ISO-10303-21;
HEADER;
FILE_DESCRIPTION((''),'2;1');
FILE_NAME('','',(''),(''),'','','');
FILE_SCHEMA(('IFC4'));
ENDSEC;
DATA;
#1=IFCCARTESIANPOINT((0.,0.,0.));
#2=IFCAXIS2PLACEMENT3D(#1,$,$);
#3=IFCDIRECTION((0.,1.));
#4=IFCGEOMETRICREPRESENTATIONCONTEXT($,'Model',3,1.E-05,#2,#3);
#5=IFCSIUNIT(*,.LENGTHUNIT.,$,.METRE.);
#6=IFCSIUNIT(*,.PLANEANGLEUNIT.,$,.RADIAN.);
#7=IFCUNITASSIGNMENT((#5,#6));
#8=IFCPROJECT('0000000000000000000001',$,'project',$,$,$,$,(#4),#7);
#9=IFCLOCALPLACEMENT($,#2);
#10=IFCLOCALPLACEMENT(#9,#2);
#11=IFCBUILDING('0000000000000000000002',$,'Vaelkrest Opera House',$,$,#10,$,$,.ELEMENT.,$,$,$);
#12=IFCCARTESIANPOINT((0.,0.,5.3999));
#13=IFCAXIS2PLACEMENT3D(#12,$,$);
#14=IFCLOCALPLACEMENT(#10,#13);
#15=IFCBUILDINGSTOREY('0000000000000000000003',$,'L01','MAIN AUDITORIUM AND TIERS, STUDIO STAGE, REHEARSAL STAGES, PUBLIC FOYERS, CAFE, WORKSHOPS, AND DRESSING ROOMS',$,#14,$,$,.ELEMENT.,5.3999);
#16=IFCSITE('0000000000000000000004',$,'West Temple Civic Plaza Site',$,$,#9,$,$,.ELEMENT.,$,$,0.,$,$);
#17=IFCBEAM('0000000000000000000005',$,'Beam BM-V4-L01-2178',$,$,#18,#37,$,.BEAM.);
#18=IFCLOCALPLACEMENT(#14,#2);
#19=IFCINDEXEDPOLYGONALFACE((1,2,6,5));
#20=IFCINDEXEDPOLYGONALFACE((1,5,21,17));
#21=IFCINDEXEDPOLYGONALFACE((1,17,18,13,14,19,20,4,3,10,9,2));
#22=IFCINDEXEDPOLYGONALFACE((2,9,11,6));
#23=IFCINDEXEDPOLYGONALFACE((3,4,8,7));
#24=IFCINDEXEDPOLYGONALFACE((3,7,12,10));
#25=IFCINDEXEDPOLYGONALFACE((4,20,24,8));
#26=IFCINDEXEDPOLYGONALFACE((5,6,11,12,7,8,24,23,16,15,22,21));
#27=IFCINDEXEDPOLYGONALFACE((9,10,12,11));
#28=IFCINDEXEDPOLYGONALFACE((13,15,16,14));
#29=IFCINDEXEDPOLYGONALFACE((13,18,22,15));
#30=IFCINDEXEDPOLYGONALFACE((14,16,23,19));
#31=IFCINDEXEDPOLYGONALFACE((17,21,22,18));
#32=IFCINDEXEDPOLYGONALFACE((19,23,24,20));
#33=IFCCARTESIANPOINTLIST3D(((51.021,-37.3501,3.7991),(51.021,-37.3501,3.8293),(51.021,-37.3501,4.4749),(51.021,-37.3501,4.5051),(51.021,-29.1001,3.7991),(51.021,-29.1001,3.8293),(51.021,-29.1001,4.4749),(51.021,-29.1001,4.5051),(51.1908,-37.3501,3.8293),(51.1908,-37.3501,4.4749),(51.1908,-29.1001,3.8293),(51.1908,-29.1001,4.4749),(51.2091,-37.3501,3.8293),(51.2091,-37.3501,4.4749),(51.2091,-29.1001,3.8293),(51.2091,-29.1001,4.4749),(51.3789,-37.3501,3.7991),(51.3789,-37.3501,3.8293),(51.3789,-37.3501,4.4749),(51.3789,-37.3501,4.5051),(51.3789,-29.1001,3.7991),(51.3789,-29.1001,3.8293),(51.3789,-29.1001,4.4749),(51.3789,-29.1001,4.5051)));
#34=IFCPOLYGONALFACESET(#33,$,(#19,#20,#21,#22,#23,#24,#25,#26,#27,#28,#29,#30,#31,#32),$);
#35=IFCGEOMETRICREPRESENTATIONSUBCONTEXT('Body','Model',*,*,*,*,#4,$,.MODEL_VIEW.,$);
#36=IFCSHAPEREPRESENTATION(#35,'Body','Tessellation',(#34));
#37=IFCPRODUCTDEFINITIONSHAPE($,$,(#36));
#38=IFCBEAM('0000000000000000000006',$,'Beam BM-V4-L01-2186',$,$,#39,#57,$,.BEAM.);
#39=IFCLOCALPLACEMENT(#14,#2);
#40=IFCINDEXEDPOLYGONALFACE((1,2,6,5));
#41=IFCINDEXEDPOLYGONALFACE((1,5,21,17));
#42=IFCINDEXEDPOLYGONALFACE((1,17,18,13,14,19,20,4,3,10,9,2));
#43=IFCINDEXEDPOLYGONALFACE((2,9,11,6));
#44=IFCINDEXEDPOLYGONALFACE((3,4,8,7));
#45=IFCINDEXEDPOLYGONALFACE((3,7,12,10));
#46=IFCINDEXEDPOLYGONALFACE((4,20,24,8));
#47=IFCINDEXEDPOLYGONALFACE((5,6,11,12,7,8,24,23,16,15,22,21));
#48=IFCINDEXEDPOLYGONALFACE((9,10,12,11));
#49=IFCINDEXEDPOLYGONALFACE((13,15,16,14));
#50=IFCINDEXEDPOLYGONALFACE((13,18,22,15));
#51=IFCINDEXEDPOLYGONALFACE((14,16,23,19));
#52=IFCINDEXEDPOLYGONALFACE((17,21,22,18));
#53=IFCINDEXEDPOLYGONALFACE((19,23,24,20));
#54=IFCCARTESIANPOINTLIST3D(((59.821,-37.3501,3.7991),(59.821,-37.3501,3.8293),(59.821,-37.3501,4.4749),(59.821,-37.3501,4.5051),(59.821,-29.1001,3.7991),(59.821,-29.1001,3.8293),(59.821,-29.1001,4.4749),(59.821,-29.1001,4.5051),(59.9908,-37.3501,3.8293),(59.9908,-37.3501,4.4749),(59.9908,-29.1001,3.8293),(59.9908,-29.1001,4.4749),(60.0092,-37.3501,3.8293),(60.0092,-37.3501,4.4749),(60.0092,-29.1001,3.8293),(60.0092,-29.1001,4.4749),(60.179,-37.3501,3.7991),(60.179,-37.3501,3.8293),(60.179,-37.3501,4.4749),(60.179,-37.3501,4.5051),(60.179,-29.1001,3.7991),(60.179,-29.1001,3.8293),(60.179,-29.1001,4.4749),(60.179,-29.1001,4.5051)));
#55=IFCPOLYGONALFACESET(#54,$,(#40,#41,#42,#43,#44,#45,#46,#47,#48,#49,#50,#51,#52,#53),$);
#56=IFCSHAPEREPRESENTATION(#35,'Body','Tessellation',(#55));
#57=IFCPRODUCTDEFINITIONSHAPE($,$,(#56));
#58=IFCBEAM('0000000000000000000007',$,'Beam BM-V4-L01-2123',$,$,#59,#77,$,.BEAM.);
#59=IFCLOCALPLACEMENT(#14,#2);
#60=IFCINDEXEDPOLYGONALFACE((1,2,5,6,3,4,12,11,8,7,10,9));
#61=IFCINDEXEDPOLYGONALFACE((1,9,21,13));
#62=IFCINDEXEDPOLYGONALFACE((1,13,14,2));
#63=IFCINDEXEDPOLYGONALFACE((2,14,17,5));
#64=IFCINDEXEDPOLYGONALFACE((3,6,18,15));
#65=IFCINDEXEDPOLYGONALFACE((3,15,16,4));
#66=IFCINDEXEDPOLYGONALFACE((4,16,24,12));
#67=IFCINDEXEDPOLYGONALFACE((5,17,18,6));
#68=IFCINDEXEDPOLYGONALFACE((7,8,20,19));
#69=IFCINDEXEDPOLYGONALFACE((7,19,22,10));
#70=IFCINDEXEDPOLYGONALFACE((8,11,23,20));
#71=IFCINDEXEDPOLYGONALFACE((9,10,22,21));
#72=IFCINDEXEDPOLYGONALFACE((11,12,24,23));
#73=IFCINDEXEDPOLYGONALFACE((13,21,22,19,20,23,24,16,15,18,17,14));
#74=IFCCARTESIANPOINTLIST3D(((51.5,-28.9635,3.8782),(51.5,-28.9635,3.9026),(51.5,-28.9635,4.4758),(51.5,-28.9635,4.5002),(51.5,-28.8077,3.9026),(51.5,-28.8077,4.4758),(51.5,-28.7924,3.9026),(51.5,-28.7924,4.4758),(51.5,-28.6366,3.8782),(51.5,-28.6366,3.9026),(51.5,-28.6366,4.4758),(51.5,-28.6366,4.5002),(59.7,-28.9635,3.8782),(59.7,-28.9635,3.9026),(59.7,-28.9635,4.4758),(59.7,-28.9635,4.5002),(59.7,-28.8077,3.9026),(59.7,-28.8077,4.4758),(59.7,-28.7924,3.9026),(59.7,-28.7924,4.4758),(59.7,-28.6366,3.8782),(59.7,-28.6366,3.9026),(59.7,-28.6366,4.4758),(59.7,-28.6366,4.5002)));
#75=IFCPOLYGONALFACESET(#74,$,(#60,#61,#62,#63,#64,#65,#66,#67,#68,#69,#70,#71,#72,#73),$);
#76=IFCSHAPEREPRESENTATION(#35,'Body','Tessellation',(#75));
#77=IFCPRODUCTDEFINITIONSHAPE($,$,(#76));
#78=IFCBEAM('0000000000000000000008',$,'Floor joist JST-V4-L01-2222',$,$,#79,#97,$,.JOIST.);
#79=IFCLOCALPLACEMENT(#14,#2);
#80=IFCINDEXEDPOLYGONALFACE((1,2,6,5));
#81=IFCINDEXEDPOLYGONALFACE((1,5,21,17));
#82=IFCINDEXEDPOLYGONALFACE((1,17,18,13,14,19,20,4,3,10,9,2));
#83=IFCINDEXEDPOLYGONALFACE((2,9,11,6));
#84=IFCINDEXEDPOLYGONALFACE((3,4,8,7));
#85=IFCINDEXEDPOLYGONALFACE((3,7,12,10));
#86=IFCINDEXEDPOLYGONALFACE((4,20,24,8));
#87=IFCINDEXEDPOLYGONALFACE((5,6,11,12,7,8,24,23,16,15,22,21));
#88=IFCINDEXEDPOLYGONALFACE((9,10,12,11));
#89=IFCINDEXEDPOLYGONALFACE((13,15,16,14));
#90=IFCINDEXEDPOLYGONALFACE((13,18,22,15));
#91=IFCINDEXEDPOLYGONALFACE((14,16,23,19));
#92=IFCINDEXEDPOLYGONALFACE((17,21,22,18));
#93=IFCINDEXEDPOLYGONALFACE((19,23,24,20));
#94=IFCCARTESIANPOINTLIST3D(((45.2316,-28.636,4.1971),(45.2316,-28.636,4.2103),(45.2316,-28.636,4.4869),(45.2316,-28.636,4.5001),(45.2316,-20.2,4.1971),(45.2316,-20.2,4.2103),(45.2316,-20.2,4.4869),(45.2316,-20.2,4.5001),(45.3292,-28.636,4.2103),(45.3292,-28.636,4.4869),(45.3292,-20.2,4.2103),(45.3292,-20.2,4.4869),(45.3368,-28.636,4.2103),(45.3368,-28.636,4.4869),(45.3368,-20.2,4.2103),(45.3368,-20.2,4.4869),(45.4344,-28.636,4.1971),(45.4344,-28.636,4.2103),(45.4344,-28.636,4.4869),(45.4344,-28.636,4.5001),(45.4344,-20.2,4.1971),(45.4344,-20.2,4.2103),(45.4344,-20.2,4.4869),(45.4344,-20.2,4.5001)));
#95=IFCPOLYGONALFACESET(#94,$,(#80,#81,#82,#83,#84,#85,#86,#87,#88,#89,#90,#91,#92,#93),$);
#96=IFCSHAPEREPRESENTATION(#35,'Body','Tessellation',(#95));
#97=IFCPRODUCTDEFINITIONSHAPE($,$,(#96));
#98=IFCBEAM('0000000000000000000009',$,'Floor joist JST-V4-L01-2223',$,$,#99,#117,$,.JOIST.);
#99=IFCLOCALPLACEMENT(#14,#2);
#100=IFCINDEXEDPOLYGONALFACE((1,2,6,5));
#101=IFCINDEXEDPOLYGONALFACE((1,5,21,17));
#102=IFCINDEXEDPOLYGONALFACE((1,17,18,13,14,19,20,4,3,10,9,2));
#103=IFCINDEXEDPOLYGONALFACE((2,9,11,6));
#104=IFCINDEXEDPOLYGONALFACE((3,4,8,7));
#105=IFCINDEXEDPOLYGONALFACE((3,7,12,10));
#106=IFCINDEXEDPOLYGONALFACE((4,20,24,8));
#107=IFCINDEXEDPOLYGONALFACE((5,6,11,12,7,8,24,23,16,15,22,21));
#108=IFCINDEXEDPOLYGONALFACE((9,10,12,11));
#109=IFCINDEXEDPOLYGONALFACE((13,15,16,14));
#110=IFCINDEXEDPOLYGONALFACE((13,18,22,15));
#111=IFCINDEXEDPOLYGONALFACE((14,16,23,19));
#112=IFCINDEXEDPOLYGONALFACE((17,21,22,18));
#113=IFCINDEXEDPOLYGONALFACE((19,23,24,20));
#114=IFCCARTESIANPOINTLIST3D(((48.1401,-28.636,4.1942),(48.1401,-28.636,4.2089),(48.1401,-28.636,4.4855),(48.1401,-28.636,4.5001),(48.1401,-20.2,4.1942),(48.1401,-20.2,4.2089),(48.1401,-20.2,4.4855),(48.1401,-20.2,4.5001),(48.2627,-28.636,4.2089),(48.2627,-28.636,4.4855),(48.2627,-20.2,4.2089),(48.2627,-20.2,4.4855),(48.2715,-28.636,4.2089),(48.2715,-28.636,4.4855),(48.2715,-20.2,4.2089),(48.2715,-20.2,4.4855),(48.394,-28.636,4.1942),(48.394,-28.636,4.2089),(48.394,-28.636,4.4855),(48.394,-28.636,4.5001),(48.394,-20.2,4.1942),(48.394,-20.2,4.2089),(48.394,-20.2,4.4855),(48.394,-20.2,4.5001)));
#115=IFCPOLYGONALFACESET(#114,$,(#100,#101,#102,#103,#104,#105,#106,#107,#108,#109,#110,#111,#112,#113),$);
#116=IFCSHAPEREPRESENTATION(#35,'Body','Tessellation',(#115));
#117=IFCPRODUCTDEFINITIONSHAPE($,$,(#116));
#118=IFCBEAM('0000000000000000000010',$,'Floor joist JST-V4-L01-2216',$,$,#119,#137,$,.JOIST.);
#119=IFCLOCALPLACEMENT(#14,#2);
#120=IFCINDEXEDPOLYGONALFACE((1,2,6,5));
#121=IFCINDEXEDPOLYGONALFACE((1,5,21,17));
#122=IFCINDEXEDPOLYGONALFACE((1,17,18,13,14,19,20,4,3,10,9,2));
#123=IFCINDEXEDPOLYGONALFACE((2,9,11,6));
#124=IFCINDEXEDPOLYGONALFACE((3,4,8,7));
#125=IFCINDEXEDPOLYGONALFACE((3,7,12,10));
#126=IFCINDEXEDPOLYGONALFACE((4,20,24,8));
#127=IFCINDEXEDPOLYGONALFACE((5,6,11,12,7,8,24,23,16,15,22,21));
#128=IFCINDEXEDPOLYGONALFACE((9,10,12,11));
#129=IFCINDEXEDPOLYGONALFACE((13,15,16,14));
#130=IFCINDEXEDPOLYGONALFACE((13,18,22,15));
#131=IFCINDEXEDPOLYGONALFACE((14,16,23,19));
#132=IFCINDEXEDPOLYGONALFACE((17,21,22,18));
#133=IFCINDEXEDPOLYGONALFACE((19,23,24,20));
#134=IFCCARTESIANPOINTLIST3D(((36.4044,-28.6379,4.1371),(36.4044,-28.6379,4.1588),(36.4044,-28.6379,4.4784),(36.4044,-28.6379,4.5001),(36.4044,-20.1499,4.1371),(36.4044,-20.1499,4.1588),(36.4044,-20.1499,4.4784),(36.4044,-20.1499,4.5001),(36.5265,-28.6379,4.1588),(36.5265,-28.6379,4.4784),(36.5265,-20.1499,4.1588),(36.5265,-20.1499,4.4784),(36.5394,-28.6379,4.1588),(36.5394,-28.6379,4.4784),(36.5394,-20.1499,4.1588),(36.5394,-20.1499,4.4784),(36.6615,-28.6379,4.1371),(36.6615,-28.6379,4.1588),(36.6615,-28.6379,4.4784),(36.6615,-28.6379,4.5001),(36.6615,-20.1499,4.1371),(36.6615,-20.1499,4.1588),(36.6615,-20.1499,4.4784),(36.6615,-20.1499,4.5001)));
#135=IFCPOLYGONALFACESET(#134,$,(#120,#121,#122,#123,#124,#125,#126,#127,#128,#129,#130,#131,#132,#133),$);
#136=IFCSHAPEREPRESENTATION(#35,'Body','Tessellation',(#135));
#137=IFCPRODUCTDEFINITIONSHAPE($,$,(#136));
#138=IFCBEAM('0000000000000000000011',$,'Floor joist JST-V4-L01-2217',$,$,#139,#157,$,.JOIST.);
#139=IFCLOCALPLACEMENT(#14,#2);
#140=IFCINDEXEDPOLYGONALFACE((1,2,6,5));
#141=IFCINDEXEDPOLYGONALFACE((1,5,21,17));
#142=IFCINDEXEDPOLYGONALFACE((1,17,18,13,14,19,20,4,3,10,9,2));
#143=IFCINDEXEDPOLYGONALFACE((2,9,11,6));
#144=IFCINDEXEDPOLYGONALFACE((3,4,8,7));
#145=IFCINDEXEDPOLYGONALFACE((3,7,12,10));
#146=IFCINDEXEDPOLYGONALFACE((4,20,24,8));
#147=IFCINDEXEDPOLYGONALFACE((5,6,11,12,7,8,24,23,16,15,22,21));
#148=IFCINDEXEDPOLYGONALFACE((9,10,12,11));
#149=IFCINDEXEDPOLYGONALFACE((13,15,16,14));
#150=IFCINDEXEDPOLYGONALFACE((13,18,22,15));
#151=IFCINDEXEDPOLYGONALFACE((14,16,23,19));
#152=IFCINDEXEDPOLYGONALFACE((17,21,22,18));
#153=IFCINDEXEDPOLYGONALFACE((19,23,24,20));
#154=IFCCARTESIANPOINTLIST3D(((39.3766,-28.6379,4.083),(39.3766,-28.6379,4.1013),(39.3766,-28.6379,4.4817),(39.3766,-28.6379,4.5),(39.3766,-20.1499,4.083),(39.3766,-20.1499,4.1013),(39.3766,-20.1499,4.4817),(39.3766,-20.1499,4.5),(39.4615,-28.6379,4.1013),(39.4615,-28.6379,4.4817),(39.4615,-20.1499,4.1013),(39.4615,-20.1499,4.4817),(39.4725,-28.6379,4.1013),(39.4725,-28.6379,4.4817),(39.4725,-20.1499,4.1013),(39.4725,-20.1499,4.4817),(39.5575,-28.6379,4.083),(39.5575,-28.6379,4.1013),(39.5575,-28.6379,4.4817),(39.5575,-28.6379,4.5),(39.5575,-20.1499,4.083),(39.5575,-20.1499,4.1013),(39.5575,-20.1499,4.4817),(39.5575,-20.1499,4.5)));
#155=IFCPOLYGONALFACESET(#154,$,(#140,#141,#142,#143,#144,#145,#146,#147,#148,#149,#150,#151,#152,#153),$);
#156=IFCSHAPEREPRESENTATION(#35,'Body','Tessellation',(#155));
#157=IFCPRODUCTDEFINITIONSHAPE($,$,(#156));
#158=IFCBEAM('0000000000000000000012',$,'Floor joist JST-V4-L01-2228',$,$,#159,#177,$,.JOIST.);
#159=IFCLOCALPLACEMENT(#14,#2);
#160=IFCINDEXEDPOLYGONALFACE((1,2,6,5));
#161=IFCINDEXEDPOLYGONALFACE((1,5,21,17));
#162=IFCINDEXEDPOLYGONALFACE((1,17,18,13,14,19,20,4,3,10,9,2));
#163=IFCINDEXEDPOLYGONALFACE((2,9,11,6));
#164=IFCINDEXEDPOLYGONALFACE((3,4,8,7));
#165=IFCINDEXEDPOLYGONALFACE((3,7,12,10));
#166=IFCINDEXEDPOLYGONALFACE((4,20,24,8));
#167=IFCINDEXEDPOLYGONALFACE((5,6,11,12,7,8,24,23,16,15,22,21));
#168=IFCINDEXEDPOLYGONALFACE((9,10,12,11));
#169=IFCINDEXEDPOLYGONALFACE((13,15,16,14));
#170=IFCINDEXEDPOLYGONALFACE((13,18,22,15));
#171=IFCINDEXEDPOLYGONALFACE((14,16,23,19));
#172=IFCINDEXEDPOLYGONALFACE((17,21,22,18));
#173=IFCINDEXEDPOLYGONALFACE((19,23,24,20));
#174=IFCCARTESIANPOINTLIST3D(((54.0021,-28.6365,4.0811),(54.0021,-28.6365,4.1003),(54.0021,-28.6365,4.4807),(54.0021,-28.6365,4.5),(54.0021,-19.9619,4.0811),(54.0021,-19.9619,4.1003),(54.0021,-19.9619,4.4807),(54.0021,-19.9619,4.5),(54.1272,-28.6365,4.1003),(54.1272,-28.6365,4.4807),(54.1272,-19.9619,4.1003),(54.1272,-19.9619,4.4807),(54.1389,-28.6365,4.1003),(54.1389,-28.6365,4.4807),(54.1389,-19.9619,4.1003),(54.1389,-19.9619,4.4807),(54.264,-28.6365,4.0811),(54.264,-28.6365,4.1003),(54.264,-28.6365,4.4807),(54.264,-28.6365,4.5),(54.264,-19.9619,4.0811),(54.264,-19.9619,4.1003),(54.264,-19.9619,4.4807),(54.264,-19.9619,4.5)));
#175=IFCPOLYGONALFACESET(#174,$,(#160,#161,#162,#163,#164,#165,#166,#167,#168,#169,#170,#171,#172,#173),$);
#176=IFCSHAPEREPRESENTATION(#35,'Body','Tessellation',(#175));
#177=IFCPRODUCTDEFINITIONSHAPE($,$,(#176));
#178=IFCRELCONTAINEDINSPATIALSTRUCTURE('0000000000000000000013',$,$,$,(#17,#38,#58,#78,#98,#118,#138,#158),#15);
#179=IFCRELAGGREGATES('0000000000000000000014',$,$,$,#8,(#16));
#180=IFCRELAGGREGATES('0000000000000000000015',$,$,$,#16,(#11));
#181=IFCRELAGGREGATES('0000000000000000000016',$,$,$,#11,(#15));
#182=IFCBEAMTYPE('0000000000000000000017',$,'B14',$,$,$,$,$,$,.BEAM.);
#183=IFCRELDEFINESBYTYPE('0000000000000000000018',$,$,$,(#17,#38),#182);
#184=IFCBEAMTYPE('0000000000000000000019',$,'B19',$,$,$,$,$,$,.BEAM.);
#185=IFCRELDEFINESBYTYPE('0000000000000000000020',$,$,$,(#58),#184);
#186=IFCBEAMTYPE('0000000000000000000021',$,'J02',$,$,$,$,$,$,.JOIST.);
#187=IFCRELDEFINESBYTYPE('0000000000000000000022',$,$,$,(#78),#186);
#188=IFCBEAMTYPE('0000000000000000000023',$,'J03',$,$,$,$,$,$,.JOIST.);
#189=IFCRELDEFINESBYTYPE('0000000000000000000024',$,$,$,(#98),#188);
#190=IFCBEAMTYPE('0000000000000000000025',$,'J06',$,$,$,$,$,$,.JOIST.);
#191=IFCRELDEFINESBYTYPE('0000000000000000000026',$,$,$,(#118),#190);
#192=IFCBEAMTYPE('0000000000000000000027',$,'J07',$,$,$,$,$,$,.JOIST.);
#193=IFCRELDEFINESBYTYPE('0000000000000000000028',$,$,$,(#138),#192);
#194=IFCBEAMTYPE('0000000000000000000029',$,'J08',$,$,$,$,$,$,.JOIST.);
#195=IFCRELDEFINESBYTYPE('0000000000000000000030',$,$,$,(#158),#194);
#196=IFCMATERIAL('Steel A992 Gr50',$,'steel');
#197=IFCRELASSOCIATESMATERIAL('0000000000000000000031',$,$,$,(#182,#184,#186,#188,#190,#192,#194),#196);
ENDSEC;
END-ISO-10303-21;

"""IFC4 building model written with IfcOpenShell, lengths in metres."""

from ifc_helpers import new_model, si_unit, direction, frame, origin, origin_2d, place, context, subcontext, project, spatial, i_section, extrude, material, material_profile, profile_set, type_object, element, save


model = new_model("IFC4")

# Units and contexts
model_context = context("Model", 3, precision=1e-05, world=origin(), true_north=direction((0.0, 1.0)))
body_context = subcontext(model_context, "Body", "Model", "MODEL_VIEW")
ifc_project = project(units=[si_unit("LENGTHUNIT", "METRE"), si_unit("PLANEANGLEUNIT", "RADIAN")], contexts=[model_context])

# Site, building, storey
site_placement = place(None, origin())
site = spatial("IfcSite", under=ifc_project, at=site_placement, Name="West Temple Civic Plaza Site", CompositionType="ELEMENT", RefElevation=0.0)
building_placement = place(site_placement, origin())
building = spatial("IfcBuilding", under=site, at=building_placement, Name="Vaelkrest Opera House", CompositionType="ELEMENT")
storey_placement = place(building_placement, frame((0.0, 0.0, 5.3999)))
storey = spatial("IfcBuildingStorey", under=building, at=storey_placement, Name="L01", Description="MAIN AUDITORIUM AND TIERS, STUDIO STAGE, REHEARSAL STAGES, PUBLIC FOYERS, CAFE, WORKSHOPS, AND DRESSING ROOMS", CompositionType="ELEMENT", Elevation=5.3999)

# Beams
ifc_material_1 = material(Name="Steel A992 Gr50", Category="steel")
ifc_material_profile_1 = material_profile(ifc_material_1, i_section(OverallWidth=0.3579, OverallDepth=0.7061, WebThickness=0.0183, FlangeThickness=0.0303, at=origin_2d()), Name="W27X178")
ifc_profile_set_1 = profile_set([ifc_material_profile_1], Name="Steel A992 Gr50")
beam_type_1 = type_object("IfcBeamType", Name="B14", PredefinedType="BEAM", material=ifc_profile_set_1)
for number, where, z_axis, x_axis, name in (
    (1, (51.2, -37.3501, 4.1521), (0.0, 1.0, 0.0), (-1.0, 0.0, 0.0), "Beam BM-V4-L01-2178"),
    (2, (60.0, -37.3501, 4.1521), (0.0, 1.0, 0.0), (-1.0, 0.0, 0.0), "Beam BM-V4-L01-2186"),
):
    element("IfcBeam", number, at=place(storey_placement, frame(where, z_axis=z_axis, x_axis=x_axis)), inside=storey, type_object=beam_type_1, Name=name, PredefinedType="BEAM", context=body_context, shape_type="SweptSolid", body=[
        extrude(i_section(OverallWidth=0.3579, OverallDepth=0.7061, WebThickness=0.0183, FlangeThickness=0.0303, at=origin_2d()), origin(), (0.0, 0.0, 1.0), 8.25),
    ])
ifc_material_profile_2 = material_profile(ifc_material_1, i_section(OverallWidth=0.3269, OverallDepth=0.6221, WebThickness=0.0154, FlangeThickness=0.0244, at=origin_2d()), Name="W24X131")
ifc_profile_set_2 = profile_set([ifc_material_profile_2], Name="Steel A992 Gr50")
beam_type_2 = type_object("IfcBeamType", Name="B19", PredefinedType="BEAM", material=ifc_profile_set_2)
beam_1_placement = place(storey_placement, frame((51.5, -28.8, 4.1892), z_axis=(1.0, 0.0, 0.0), x_axis=(0.0, 1.0, 0.0)))
element("IfcBeam", 3, at=beam_1_placement, inside=storey, type_object=beam_type_2, Name="Beam BM-V4-L01-2123", PredefinedType="BEAM", context=body_context, shape_type="SweptSolid", body=[
    extrude(i_section(OverallWidth=0.3269, OverallDepth=0.6221, WebThickness=0.0154, FlangeThickness=0.0244, at=origin_2d()), origin(), (0.0, 0.0, 1.0), 8.2),
])
ifc_material_profile_3 = material_profile(ifc_material_1, i_section(OverallWidth=0.2029, OverallDepth=0.303, WebThickness=0.0076, FlangeThickness=0.0132, at=origin_2d()), Name="W12X40")
ifc_profile_set_3 = profile_set([ifc_material_profile_3], Name="Steel A992 Gr50")
beam_type_3 = type_object("IfcBeamType", Name="J02", PredefinedType="JOIST", material=ifc_profile_set_3)
beam_2_placement = place(storey_placement, frame((45.333, -28.636, 4.3486), z_axis=(0.0, 1.0, 0.0), x_axis=(-1.0, 0.0, 0.0)))
element("IfcBeam", 4, at=beam_2_placement, inside=storey, type_object=beam_type_3, Name="Floor joist JST-V4-L01-2222", PredefinedType="JOIST", context=body_context, shape_type="SweptSolid", body=[
    extrude(i_section(OverallWidth=0.2029, OverallDepth=0.303, WebThickness=0.0076, FlangeThickness=0.0132, at=origin_2d()), origin(), (0.0, 0.0, 1.0), 8.436),
])
ifc_material_profile_4 = material_profile(ifc_material_1, i_section(OverallWidth=0.2539, OverallDepth=0.3059, WebThickness=0.0088, FlangeThickness=0.0146, at=origin_2d()), Name="W12X53")
ifc_profile_set_4 = profile_set([ifc_material_profile_4], Name="Steel A992 Gr50")
beam_type_4 = type_object("IfcBeamType", Name="J03", PredefinedType="JOIST", material=ifc_profile_set_4)
beam_3_placement = place(storey_placement, frame((48.2671, -28.636, 4.3472), z_axis=(0.0, 1.0, 0.0), x_axis=(-1.0, 0.0, 0.0)))
element("IfcBeam", 5, at=beam_3_placement, inside=storey, type_object=beam_type_4, Name="Floor joist JST-V4-L01-2223", PredefinedType="JOIST", context=body_context, shape_type="SweptSolid", body=[
    extrude(i_section(OverallWidth=0.2539, OverallDepth=0.3059, WebThickness=0.0088, FlangeThickness=0.0146, at=origin_2d()), origin(), (0.0, 0.0, 1.0), 8.436),
])
ifc_material_profile_5 = material_profile(ifc_material_1, i_section(OverallWidth=0.2571, OverallDepth=0.363, WebThickness=0.0129, FlangeThickness=0.0217, at=origin_2d()), Name="W14X82")
ifc_profile_set_5 = profile_set([ifc_material_profile_5], Name="Steel A992 Gr50")
beam_type_5 = type_object("IfcBeamType", Name="J06", PredefinedType="JOIST", material=ifc_profile_set_5)
beam_4_placement = place(storey_placement, frame((36.533, -28.6379, 4.3186), z_axis=(0.0, 1.0, 0.0), x_axis=(-1.0, 0.0, 0.0)))
element("IfcBeam", 6, at=beam_4_placement, inside=storey, type_object=beam_type_5, Name="Floor joist JST-V4-L01-2216", PredefinedType="JOIST", context=body_context, shape_type="SweptSolid", body=[
    extrude(i_section(OverallWidth=0.2571, OverallDepth=0.363, WebThickness=0.0129, FlangeThickness=0.0217, at=origin_2d()), origin(), (0.0, 0.0, 1.0), 8.488),
])
ifc_material_profile_6 = material_profile(ifc_material_1, i_section(OverallWidth=0.1809, OverallDepth=0.417, WebThickness=0.011, FlangeThickness=0.0183, at=origin_2d()), Name="W16X57")
ifc_profile_set_6 = profile_set([ifc_material_profile_6], Name="Steel A992 Gr50")
beam_type_6 = type_object("IfcBeamType", Name="J07", PredefinedType="JOIST", material=ifc_profile_set_6)
beam_5_placement = place(storey_placement, frame((39.467, -28.6379, 4.2915), z_axis=(0.0, 1.0, 0.0), x_axis=(-1.0, 0.0, 0.0)))
element("IfcBeam", 7, at=beam_5_placement, inside=storey, type_object=beam_type_6, Name="Floor joist JST-V4-L01-2217", PredefinedType="JOIST", context=body_context, shape_type="SweptSolid", body=[
    extrude(i_section(OverallWidth=0.1809, OverallDepth=0.417, WebThickness=0.011, FlangeThickness=0.0183, at=origin_2d()), origin(), (0.0, 0.0, 1.0), 8.488),
])
ifc_material_profile_7 = material_profile(ifc_material_1, i_section(OverallWidth=0.262, OverallDepth=0.4189, WebThickness=0.0117, FlangeThickness=0.0193, at=origin_2d()), Name="W16X77")
ifc_profile_set_7 = profile_set([ifc_material_profile_7], Name="Steel A992 Gr50")
beam_type_7 = type_object("IfcBeamType", Name="J08", PredefinedType="JOIST", material=ifc_profile_set_7)
beam_6_placement = place(storey_placement, frame((54.1331, -28.6365, 4.2905), z_axis=(0.0, 1.0, 0.0), x_axis=(-1.0, 0.0, 0.0)))
element("IfcBeam", 8, at=beam_6_placement, inside=storey, type_object=beam_type_7, Name="Floor joist JST-V4-L01-2228", PredefinedType="JOIST", context=body_context, shape_type="SweptSolid", body=[
    extrude(i_section(OverallWidth=0.262, OverallDepth=0.4189, WebThickness=0.0117, FlangeThickness=0.0193, at=origin_2d()), origin(), (0.0, 0.0, 1.0), 8.6746),
])

save(model, "model.ifc")
